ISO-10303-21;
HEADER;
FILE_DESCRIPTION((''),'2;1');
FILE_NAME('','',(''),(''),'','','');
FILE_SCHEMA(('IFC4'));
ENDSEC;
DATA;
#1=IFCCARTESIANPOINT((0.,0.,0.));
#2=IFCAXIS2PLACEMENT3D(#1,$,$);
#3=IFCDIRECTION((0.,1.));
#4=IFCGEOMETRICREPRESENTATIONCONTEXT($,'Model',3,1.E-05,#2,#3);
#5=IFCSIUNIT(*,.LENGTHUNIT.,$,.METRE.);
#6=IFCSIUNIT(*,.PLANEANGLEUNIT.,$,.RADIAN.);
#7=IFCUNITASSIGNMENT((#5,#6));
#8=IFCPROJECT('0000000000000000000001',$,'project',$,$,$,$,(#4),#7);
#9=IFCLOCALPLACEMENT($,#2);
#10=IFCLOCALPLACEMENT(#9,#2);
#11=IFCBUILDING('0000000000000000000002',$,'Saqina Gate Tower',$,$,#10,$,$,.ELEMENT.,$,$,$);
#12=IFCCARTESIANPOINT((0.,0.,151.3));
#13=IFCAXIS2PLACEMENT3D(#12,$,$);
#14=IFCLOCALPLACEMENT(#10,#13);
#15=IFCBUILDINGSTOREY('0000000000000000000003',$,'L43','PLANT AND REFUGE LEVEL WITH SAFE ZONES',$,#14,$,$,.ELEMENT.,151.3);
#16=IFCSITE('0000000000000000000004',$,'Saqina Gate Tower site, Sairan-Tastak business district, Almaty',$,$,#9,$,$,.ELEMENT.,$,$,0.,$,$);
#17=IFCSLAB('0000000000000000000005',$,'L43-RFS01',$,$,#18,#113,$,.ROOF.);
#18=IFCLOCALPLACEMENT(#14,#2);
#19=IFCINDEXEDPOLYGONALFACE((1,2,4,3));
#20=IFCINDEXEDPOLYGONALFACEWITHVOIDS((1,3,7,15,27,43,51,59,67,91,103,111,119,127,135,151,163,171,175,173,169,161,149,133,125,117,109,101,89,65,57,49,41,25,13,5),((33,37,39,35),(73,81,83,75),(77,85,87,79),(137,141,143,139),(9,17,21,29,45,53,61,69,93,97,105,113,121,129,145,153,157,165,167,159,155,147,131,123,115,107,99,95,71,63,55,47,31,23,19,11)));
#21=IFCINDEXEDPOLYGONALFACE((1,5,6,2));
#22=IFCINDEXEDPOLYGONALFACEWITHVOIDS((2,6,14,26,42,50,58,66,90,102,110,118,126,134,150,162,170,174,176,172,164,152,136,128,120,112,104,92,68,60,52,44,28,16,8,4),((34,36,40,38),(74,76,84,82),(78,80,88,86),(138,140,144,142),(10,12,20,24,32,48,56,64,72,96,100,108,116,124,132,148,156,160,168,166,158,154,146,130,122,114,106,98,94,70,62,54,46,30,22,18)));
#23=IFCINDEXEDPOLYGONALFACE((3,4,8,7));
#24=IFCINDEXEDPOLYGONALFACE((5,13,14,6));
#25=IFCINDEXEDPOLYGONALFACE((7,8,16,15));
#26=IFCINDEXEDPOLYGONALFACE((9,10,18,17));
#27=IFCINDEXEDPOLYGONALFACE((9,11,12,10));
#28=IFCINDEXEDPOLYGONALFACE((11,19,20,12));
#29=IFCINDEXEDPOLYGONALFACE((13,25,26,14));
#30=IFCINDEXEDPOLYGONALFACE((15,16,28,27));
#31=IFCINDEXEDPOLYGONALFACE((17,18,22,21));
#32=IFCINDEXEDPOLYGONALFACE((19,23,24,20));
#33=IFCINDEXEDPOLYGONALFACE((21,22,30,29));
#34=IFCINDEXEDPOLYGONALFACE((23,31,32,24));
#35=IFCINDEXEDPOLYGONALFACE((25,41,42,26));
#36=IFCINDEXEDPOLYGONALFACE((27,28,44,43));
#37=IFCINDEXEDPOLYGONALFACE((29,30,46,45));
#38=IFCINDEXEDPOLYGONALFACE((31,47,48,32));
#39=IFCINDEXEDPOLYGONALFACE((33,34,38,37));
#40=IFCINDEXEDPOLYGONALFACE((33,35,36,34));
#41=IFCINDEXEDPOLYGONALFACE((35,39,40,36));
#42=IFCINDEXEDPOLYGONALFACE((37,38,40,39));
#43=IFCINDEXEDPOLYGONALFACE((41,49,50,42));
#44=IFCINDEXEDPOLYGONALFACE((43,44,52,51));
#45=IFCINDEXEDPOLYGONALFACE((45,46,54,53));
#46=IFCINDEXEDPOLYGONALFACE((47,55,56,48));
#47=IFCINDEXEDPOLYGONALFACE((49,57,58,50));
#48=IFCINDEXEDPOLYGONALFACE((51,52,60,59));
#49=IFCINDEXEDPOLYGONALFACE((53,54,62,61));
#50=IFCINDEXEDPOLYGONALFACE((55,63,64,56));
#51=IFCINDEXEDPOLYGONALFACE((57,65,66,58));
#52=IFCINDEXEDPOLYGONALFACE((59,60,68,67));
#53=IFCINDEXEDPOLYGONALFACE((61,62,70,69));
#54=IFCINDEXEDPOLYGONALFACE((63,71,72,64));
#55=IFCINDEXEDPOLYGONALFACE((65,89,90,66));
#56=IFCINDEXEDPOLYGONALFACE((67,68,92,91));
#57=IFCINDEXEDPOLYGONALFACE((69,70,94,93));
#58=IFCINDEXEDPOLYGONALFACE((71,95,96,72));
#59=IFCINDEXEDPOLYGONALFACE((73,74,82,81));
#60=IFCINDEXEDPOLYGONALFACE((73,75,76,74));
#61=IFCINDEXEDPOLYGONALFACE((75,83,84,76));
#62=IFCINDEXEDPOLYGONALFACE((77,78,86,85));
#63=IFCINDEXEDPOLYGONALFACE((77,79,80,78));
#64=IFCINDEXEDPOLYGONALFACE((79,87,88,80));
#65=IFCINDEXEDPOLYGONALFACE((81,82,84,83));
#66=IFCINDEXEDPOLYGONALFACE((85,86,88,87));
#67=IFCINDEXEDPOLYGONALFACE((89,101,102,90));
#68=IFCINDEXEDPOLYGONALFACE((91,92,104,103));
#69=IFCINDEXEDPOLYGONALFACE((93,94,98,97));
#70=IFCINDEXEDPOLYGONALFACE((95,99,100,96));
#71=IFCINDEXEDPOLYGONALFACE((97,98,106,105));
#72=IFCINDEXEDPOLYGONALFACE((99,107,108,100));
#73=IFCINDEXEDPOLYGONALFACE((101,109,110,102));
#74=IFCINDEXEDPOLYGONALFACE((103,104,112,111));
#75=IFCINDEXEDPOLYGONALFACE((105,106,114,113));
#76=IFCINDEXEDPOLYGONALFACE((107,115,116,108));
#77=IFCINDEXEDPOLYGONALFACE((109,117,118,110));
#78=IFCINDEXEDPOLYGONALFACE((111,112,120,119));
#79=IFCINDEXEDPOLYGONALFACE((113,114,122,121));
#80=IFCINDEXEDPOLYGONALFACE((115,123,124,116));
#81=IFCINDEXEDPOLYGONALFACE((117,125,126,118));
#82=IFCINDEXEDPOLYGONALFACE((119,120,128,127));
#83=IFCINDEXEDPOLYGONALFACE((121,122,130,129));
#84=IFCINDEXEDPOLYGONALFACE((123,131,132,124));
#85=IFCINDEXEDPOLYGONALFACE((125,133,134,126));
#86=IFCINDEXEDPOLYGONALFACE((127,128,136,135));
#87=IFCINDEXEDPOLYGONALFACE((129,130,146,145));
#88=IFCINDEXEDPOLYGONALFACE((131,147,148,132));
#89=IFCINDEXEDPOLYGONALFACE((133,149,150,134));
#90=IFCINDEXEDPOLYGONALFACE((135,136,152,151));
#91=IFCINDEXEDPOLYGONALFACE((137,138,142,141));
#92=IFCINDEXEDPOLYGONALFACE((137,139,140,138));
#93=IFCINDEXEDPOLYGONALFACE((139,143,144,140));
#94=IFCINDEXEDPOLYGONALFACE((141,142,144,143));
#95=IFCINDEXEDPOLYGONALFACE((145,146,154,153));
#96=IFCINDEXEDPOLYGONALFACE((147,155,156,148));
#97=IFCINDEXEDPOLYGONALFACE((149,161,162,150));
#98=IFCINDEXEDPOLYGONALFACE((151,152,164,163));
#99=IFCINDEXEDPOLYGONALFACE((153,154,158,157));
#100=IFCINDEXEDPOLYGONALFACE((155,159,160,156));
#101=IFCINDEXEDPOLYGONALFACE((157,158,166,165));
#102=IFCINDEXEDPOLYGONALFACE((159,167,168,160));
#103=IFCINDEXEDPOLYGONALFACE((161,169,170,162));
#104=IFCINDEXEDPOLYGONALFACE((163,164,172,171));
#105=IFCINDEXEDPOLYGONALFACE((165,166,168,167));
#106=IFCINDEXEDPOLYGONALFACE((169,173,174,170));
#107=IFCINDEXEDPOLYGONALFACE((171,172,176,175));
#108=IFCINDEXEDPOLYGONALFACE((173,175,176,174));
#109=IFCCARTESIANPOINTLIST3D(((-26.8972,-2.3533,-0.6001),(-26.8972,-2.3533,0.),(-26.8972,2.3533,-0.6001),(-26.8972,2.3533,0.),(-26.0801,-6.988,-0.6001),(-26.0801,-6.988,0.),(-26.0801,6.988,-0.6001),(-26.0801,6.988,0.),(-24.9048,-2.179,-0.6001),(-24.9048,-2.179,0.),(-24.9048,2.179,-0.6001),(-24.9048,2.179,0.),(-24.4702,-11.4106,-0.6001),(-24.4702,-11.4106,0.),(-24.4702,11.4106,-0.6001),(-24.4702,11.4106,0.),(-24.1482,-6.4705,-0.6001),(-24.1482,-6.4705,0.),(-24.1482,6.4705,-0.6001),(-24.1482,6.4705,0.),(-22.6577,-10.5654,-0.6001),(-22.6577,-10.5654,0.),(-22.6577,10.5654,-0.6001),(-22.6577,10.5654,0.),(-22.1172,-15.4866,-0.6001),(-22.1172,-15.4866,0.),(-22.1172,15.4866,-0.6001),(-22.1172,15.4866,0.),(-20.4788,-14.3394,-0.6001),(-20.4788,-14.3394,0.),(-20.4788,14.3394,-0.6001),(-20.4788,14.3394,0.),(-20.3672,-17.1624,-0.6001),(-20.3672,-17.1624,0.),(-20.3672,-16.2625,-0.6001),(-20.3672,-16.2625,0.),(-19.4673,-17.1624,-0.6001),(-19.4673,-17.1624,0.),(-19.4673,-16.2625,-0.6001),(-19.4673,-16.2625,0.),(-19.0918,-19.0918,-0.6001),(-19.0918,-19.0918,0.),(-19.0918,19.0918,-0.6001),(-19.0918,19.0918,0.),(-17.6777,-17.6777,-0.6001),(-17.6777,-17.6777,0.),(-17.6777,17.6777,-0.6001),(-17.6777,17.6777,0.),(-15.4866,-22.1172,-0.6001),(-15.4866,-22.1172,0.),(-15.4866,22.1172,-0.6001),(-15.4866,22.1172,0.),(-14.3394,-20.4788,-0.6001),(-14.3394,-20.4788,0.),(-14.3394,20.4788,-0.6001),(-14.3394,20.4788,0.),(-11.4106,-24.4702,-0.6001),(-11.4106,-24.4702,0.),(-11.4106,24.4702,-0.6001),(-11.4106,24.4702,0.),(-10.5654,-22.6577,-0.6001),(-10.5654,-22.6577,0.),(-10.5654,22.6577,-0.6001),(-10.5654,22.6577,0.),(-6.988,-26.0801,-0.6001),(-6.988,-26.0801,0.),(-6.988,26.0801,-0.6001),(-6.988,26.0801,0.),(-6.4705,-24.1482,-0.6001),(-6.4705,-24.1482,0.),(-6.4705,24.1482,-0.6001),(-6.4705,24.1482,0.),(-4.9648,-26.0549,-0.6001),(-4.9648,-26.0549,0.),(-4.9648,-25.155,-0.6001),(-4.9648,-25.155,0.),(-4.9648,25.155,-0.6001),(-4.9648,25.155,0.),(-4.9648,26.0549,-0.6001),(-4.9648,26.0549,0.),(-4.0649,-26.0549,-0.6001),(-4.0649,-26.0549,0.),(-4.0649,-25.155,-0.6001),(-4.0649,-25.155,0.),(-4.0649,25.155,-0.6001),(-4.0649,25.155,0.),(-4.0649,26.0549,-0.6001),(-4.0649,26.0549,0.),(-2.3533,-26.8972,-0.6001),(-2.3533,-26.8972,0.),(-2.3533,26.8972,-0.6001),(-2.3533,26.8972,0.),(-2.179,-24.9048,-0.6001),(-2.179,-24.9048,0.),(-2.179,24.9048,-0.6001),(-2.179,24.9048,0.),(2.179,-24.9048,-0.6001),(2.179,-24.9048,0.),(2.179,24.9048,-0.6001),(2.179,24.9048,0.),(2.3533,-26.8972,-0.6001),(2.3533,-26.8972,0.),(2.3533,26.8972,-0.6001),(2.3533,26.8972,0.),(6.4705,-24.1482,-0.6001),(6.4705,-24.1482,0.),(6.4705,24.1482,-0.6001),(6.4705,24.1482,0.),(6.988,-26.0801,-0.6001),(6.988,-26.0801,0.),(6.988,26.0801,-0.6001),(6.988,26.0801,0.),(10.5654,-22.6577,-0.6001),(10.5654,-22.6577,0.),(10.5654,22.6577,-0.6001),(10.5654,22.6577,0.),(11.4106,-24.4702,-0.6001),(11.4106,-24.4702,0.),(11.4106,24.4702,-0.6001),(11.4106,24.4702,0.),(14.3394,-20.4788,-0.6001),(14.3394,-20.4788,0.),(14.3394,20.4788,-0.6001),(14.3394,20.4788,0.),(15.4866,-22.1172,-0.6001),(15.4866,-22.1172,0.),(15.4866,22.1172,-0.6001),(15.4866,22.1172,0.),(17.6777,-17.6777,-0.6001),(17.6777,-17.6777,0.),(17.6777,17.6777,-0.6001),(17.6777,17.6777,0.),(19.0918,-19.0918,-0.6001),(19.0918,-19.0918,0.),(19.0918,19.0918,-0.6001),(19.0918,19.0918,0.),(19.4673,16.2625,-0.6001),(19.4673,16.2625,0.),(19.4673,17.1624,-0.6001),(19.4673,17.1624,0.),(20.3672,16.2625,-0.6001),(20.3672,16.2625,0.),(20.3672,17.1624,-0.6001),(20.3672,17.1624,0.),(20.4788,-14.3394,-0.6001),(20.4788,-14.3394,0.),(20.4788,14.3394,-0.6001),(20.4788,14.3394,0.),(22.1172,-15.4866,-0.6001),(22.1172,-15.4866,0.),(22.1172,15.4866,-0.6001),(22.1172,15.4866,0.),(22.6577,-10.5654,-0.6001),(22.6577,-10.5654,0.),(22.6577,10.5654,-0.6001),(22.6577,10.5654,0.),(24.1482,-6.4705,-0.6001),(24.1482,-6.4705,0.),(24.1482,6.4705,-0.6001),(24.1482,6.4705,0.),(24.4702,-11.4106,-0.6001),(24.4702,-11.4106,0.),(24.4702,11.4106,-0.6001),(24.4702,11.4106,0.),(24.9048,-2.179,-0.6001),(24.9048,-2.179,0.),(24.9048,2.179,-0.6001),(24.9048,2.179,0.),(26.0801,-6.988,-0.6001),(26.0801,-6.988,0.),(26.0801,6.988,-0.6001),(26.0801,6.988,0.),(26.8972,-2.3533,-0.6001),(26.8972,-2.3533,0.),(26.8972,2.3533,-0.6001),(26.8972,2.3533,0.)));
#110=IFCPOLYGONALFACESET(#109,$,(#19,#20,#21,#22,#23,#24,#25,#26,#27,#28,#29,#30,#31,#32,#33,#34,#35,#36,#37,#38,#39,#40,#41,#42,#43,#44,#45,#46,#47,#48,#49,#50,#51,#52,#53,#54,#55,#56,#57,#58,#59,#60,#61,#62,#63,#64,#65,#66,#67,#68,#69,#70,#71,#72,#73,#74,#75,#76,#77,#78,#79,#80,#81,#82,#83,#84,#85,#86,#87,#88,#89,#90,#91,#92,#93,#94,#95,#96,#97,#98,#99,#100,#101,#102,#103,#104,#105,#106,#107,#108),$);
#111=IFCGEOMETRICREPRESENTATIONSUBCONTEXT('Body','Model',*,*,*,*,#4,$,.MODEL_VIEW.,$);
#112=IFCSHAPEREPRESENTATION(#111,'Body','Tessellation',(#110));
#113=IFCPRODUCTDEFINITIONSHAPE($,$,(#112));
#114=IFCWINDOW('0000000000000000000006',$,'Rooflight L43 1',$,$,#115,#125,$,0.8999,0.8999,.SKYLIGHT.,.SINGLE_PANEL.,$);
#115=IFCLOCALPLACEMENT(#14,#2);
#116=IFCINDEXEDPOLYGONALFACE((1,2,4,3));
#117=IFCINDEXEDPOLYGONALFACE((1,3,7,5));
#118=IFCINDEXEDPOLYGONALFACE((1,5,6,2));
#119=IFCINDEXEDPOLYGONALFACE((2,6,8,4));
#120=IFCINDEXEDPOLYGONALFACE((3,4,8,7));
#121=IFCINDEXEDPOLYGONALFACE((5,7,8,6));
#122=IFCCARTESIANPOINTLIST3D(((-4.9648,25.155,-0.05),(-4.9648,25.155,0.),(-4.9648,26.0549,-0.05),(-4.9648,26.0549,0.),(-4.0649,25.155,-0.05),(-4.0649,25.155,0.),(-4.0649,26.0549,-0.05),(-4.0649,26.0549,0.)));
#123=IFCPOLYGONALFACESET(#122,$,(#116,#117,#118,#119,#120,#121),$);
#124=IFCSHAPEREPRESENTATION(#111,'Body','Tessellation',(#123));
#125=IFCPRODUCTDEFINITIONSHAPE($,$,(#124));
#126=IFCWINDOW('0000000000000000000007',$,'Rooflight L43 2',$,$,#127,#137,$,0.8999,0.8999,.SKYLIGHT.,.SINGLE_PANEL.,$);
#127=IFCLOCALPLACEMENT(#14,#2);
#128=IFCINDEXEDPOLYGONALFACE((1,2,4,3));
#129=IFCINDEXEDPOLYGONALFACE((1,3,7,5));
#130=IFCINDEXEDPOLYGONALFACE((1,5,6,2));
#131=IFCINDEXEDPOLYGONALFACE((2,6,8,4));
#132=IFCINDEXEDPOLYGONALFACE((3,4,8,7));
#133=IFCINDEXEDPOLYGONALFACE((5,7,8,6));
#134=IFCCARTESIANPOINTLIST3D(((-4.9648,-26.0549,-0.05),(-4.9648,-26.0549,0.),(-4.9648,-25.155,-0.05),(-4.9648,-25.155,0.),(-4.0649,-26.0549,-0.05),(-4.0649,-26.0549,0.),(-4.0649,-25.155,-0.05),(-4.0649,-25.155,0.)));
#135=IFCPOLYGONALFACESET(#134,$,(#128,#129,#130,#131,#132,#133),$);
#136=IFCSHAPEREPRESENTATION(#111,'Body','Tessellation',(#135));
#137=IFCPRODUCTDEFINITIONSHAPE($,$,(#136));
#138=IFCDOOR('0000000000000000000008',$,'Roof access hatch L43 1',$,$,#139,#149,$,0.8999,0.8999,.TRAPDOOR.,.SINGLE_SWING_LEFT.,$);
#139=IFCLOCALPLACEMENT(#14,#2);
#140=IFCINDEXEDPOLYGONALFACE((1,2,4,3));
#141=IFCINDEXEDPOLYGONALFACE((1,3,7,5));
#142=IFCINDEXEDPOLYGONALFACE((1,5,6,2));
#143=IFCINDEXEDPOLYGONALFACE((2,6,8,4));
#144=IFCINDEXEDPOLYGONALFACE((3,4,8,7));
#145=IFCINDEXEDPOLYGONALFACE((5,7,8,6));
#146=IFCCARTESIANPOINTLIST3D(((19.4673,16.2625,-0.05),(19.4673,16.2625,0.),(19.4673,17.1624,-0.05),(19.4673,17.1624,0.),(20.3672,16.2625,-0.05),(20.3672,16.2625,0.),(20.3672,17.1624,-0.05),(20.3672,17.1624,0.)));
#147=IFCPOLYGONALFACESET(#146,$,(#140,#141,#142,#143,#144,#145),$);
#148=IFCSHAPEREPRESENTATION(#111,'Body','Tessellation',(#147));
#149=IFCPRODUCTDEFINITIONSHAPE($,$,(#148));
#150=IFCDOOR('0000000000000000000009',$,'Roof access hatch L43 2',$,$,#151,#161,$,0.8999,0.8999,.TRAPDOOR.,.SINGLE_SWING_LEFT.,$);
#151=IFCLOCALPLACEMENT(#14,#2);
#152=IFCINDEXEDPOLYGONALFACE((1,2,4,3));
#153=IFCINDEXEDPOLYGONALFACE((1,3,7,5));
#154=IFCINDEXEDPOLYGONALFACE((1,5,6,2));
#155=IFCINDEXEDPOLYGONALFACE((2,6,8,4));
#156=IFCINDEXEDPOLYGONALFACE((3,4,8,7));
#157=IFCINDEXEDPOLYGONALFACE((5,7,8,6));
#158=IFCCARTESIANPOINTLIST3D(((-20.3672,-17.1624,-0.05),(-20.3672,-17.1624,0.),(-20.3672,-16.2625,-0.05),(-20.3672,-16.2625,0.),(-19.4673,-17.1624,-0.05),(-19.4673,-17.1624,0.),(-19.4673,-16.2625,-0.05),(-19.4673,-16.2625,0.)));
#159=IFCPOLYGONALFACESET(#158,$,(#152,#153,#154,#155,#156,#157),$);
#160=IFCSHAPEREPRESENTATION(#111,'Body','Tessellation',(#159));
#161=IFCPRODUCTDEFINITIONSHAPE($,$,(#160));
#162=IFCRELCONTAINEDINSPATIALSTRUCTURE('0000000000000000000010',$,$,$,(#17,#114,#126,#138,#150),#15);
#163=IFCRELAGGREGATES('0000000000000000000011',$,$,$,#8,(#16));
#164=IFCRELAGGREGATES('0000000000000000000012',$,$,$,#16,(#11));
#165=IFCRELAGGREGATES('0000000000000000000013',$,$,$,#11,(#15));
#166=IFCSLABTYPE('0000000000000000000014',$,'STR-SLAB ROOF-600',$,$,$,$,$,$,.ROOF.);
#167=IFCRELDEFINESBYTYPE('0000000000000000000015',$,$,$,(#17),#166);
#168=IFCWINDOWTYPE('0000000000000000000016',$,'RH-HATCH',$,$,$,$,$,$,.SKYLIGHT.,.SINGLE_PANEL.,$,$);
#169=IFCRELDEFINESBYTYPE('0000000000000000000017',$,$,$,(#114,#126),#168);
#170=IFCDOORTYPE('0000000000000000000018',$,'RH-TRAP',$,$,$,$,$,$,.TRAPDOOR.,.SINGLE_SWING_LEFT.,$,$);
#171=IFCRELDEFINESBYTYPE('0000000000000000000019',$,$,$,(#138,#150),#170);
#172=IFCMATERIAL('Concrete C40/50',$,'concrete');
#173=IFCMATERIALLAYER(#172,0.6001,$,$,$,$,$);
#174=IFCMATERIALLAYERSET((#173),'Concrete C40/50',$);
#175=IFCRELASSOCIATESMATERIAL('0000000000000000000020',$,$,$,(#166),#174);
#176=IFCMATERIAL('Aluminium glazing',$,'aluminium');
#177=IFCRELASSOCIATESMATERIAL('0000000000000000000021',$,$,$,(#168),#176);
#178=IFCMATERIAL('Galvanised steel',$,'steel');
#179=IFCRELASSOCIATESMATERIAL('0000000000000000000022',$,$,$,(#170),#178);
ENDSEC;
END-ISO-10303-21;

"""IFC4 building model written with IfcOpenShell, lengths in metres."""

from ifc_helpers import new_model, si_unit, direction, frame, origin, origin_2d, place, context, subcontext, project, spatial, polyline, rectangle, outline, extrude, material, layer, layer_set, type_object, element, fill, save


model = new_model("IFC4")

# Units and contexts
model_context = context("Model", 3, precision=1e-05, world=origin(), true_north=direction((0.0, 1.0)))
body_context = subcontext(model_context, "Body", "Model", "MODEL_VIEW")
ifc_project = project(units=[si_unit("LENGTHUNIT", "METRE"), si_unit("PLANEANGLEUNIT", "RADIAN")], contexts=[model_context])

# Site, building, storey
site_placement = place(None, origin())
site = spatial("IfcSite", under=ifc_project, at=site_placement, Name="Saqina Gate Tower site, Sairan-Tastak business district, Almaty", CompositionType="ELEMENT", RefElevation=0.0)
building_placement = place(site_placement, origin())
building = spatial("IfcBuilding", under=site, at=building_placement, Name="Saqina Gate Tower", CompositionType="ELEMENT")
storey_placement = place(building_placement, frame((0.0, 0.0, 151.3)))
storey = spatial("IfcBuildingStorey", under=building, at=storey_placement, Name="L43", Description="PLANT AND REFUGE LEVEL WITH SAFE ZONES", CompositionType="ELEMENT", Elevation=151.3)

# Slab, openings, windows, doors
ifc_material_1 = material(Name="Concrete C40/50", Category="concrete")
ifc_layer_1 = layer(ifc_material_1, 0.6001)
ifc_layer_set_1 = layer_set([ifc_layer_1], Name="Concrete C40/50")
slab_type_1 = type_object("IfcSlabType", Name="STR-SLAB ROOF-600", PredefinedType="ROOF", material=ifc_layer_set_1)
slab_1_placement = place(storey_placement, frame((0.0, 0.0, -0.6001)))
slab_1 = element("IfcSlab", 1, at=slab_1_placement, inside=storey, type_object=slab_type_1, Name="L43-RFS01", PredefinedType="ROOF", context=body_context, shape_type="SweptSolid", body=[
    extrude(outline(polyline([(26.8972, 2.3533), (26.0801, 6.988), (24.4702, 11.4106), (22.1172, 15.4866), (19.0918, 19.0918), (15.4866, 22.1172), (11.4106, 24.4702), (6.988, 26.0801), (2.3533, 26.8972), (-2.3533, 26.8972), (-6.988, 26.0801), (-11.4106, 24.4702), (-15.4866, 22.1172), (-19.0918, 19.0918), (-22.1172, 15.4866), (-24.4702, 11.4106), (-26.0801, 6.988), (-26.8972, 2.3533), (-26.8972, -2.3533), (-26.0801, -6.988), (-24.4702, -11.4106), (-22.1172, -15.4866), (-19.0918, -19.0918), (-15.4866, -22.1172), (-11.4106, -24.4702), (-6.988, -26.0801), (-2.3533, -26.8972), (2.3533, -26.8972), (6.988, -26.0801), (11.4106, -24.4702), (15.4866, -22.1172), (19.0918, -19.0918), (22.1172, -15.4866), (24.4702, -11.4106), (26.0801, -6.988), (26.8972, -2.3533), (26.8972, 2.3533)]), holes=[polyline([(24.9048, 2.179), (24.9048, -2.179), (24.1482, -6.4705), (22.6577, -10.5654), (20.4788, -14.3394), (17.6777, -17.6777), (14.3394, -20.4788), (10.5654, -22.6577), (6.4705, -24.1482), (2.179, -24.9048), (-2.179, -24.9048), (-6.4705, -24.1482), (-10.5654, -22.6577), (-14.3394, -20.4788), (-17.6777, -17.6777), (-20.4788, -14.3394), (-22.6577, -10.5654), (-24.1482, -6.4705), (-24.9048, -2.179), (-24.9048, 2.179), (-24.1482, 6.4705), (-22.6577, 10.5654), (-20.4788, 14.3394), (-17.6777, 17.6777), (-14.3394, 20.4788), (-10.5654, 22.6577), (-6.4705, 24.1482), (-2.179, 24.9048), (2.179, 24.9048), (6.4705, 24.1482), (10.5654, 22.6577), (14.3394, 20.4788), (17.6777, 17.6777), (20.4788, 14.3394), (22.6577, 10.5654), (24.1482, 6.4705), (24.9048, 2.179)])]), origin(), (0.0, 0.0, 1.0), 0.6001),
])
opening_1_placement = place(slab_1_placement, frame((-4.5149, 25.605, 0.0)))
opening_1 = element("IfcOpeningElement", 2, at=opening_1_placement, cuts=slab_1, PredefinedType="OPENING", context=body_context, shape_type="SweptSolid", body=[
    extrude(rectangle(XDim=0.8999, YDim=0.8999, at=origin_2d()), frame((0.0, 0.0, -0.012)), (0.0, 0.0, 1.0), 0.624),
])
opening_2_placement = place(slab_1_placement, frame((-4.5149, -25.605, 0.0)))
opening_2 = element("IfcOpeningElement", 3, at=opening_2_placement, cuts=slab_1, PredefinedType="OPENING", context=body_context, shape_type="SweptSolid", body=[
    extrude(rectangle(XDim=0.8999, YDim=0.8999, at=origin_2d()), frame((0.0, 0.0, -0.012)), (0.0, 0.0, 1.0), 0.624),
])
opening_3_placement = place(slab_1_placement, frame((19.9172, 16.7124, 0.0)))
opening_3 = element("IfcOpeningElement", 4, at=opening_3_placement, cuts=slab_1, PredefinedType="OPENING", context=body_context, shape_type="SweptSolid", body=[
    extrude(rectangle(XDim=0.8999, YDim=0.8999, at=origin_2d()), frame((0.0, 0.0, -0.012)), (0.0, 0.0, 1.0), 0.624),
])
opening_4_placement = place(slab_1_placement, frame((-19.9172, -16.7124, 0.0)))
opening_4 = element("IfcOpeningElement", 5, at=opening_4_placement, cuts=slab_1, PredefinedType="OPENING", context=body_context, shape_type="SweptSolid", body=[
    extrude(rectangle(XDim=0.8999, YDim=0.8999, at=origin_2d()), frame((0.0, 0.0, -0.012)), (0.0, 0.0, 1.0), 0.624),
])
ifc_material_2 = material(Name="Aluminium glazing", Category="aluminium")
window_type_1 = type_object("IfcWindowType", Name="RH-HATCH", PartitioningType="SINGLE_PANEL", PredefinedType="SKYLIGHT", material=ifc_material_2)
window_1_placement = place(opening_1_placement, frame((0.0, 0.0, 0.55)))
window_1 = element("IfcWindow", 6, at=window_1_placement, inside=storey, type_object=window_type_1, Name="Rooflight L43 1", OverallHeight=0.8999, OverallWidth=0.8999, PartitioningType="SINGLE_PANEL", PredefinedType="SKYLIGHT", context=body_context, shape_type="SweptSolid", body=[
    extrude(rectangle(XDim=0.8999, YDim=0.8999, at=origin_2d()), origin(), (0.0, 0.0, 1.0), 0.05),
])
fill(opening_1, window_1)
window_2_placement = place(opening_2_placement, frame((0.0, 0.0, 0.55)))
window_2 = element("IfcWindow", 7, at=window_2_placement, inside=storey, type_object=window_type_1, Name="Rooflight L43 2", OverallHeight=0.8999, OverallWidth=0.8999, PartitioningType="SINGLE_PANEL", PredefinedType="SKYLIGHT", context=body_context, shape_type="SweptSolid", body=[
    extrude(rectangle(XDim=0.8999, YDim=0.8999, at=origin_2d()), origin(), (0.0, 0.0, 1.0), 0.05),
])
fill(opening_2, window_2)
ifc_material_3 = material(Name="Galvanised steel", Category="steel")
door_type = type_object("IfcDoorType", Name="RH-TRAP", OperationType="SINGLE_SWING_LEFT", PredefinedType="TRAPDOOR", material=ifc_material_3)
door_1_placement = place(opening_3_placement, frame((0.0, 0.0, 0.55)))
door_1 = element("IfcDoor", 8, at=door_1_placement, inside=storey, type_object=door_type, Name="Roof access hatch L43 1", OperationType="SINGLE_SWING_LEFT", OverallHeight=0.8999, OverallWidth=0.8999, PredefinedType="TRAPDOOR", context=body_context, shape_type="SweptSolid", body=[
    extrude(rectangle(XDim=0.8999, YDim=0.8999, at=origin_2d()), origin(), (0.0, 0.0, 1.0), 0.05),
])
fill(opening_3, door_1)
door_2_placement = place(opening_4_placement, frame((0.0, 0.0, 0.55)))
door_2 = element("IfcDoor", 9, at=door_2_placement, inside=storey, type_object=door_type, Name="Roof access hatch L43 2", OperationType="SINGLE_SWING_LEFT", OverallHeight=0.8999, OverallWidth=0.8999, PredefinedType="TRAPDOOR", context=body_context, shape_type="SweptSolid", body=[
    extrude(rectangle(XDim=0.8999, YDim=0.8999, at=origin_2d()), origin(), (0.0, 0.0, 1.0), 0.05),
])
fill(opening_4, door_2)

save(model, "model.ifc")
